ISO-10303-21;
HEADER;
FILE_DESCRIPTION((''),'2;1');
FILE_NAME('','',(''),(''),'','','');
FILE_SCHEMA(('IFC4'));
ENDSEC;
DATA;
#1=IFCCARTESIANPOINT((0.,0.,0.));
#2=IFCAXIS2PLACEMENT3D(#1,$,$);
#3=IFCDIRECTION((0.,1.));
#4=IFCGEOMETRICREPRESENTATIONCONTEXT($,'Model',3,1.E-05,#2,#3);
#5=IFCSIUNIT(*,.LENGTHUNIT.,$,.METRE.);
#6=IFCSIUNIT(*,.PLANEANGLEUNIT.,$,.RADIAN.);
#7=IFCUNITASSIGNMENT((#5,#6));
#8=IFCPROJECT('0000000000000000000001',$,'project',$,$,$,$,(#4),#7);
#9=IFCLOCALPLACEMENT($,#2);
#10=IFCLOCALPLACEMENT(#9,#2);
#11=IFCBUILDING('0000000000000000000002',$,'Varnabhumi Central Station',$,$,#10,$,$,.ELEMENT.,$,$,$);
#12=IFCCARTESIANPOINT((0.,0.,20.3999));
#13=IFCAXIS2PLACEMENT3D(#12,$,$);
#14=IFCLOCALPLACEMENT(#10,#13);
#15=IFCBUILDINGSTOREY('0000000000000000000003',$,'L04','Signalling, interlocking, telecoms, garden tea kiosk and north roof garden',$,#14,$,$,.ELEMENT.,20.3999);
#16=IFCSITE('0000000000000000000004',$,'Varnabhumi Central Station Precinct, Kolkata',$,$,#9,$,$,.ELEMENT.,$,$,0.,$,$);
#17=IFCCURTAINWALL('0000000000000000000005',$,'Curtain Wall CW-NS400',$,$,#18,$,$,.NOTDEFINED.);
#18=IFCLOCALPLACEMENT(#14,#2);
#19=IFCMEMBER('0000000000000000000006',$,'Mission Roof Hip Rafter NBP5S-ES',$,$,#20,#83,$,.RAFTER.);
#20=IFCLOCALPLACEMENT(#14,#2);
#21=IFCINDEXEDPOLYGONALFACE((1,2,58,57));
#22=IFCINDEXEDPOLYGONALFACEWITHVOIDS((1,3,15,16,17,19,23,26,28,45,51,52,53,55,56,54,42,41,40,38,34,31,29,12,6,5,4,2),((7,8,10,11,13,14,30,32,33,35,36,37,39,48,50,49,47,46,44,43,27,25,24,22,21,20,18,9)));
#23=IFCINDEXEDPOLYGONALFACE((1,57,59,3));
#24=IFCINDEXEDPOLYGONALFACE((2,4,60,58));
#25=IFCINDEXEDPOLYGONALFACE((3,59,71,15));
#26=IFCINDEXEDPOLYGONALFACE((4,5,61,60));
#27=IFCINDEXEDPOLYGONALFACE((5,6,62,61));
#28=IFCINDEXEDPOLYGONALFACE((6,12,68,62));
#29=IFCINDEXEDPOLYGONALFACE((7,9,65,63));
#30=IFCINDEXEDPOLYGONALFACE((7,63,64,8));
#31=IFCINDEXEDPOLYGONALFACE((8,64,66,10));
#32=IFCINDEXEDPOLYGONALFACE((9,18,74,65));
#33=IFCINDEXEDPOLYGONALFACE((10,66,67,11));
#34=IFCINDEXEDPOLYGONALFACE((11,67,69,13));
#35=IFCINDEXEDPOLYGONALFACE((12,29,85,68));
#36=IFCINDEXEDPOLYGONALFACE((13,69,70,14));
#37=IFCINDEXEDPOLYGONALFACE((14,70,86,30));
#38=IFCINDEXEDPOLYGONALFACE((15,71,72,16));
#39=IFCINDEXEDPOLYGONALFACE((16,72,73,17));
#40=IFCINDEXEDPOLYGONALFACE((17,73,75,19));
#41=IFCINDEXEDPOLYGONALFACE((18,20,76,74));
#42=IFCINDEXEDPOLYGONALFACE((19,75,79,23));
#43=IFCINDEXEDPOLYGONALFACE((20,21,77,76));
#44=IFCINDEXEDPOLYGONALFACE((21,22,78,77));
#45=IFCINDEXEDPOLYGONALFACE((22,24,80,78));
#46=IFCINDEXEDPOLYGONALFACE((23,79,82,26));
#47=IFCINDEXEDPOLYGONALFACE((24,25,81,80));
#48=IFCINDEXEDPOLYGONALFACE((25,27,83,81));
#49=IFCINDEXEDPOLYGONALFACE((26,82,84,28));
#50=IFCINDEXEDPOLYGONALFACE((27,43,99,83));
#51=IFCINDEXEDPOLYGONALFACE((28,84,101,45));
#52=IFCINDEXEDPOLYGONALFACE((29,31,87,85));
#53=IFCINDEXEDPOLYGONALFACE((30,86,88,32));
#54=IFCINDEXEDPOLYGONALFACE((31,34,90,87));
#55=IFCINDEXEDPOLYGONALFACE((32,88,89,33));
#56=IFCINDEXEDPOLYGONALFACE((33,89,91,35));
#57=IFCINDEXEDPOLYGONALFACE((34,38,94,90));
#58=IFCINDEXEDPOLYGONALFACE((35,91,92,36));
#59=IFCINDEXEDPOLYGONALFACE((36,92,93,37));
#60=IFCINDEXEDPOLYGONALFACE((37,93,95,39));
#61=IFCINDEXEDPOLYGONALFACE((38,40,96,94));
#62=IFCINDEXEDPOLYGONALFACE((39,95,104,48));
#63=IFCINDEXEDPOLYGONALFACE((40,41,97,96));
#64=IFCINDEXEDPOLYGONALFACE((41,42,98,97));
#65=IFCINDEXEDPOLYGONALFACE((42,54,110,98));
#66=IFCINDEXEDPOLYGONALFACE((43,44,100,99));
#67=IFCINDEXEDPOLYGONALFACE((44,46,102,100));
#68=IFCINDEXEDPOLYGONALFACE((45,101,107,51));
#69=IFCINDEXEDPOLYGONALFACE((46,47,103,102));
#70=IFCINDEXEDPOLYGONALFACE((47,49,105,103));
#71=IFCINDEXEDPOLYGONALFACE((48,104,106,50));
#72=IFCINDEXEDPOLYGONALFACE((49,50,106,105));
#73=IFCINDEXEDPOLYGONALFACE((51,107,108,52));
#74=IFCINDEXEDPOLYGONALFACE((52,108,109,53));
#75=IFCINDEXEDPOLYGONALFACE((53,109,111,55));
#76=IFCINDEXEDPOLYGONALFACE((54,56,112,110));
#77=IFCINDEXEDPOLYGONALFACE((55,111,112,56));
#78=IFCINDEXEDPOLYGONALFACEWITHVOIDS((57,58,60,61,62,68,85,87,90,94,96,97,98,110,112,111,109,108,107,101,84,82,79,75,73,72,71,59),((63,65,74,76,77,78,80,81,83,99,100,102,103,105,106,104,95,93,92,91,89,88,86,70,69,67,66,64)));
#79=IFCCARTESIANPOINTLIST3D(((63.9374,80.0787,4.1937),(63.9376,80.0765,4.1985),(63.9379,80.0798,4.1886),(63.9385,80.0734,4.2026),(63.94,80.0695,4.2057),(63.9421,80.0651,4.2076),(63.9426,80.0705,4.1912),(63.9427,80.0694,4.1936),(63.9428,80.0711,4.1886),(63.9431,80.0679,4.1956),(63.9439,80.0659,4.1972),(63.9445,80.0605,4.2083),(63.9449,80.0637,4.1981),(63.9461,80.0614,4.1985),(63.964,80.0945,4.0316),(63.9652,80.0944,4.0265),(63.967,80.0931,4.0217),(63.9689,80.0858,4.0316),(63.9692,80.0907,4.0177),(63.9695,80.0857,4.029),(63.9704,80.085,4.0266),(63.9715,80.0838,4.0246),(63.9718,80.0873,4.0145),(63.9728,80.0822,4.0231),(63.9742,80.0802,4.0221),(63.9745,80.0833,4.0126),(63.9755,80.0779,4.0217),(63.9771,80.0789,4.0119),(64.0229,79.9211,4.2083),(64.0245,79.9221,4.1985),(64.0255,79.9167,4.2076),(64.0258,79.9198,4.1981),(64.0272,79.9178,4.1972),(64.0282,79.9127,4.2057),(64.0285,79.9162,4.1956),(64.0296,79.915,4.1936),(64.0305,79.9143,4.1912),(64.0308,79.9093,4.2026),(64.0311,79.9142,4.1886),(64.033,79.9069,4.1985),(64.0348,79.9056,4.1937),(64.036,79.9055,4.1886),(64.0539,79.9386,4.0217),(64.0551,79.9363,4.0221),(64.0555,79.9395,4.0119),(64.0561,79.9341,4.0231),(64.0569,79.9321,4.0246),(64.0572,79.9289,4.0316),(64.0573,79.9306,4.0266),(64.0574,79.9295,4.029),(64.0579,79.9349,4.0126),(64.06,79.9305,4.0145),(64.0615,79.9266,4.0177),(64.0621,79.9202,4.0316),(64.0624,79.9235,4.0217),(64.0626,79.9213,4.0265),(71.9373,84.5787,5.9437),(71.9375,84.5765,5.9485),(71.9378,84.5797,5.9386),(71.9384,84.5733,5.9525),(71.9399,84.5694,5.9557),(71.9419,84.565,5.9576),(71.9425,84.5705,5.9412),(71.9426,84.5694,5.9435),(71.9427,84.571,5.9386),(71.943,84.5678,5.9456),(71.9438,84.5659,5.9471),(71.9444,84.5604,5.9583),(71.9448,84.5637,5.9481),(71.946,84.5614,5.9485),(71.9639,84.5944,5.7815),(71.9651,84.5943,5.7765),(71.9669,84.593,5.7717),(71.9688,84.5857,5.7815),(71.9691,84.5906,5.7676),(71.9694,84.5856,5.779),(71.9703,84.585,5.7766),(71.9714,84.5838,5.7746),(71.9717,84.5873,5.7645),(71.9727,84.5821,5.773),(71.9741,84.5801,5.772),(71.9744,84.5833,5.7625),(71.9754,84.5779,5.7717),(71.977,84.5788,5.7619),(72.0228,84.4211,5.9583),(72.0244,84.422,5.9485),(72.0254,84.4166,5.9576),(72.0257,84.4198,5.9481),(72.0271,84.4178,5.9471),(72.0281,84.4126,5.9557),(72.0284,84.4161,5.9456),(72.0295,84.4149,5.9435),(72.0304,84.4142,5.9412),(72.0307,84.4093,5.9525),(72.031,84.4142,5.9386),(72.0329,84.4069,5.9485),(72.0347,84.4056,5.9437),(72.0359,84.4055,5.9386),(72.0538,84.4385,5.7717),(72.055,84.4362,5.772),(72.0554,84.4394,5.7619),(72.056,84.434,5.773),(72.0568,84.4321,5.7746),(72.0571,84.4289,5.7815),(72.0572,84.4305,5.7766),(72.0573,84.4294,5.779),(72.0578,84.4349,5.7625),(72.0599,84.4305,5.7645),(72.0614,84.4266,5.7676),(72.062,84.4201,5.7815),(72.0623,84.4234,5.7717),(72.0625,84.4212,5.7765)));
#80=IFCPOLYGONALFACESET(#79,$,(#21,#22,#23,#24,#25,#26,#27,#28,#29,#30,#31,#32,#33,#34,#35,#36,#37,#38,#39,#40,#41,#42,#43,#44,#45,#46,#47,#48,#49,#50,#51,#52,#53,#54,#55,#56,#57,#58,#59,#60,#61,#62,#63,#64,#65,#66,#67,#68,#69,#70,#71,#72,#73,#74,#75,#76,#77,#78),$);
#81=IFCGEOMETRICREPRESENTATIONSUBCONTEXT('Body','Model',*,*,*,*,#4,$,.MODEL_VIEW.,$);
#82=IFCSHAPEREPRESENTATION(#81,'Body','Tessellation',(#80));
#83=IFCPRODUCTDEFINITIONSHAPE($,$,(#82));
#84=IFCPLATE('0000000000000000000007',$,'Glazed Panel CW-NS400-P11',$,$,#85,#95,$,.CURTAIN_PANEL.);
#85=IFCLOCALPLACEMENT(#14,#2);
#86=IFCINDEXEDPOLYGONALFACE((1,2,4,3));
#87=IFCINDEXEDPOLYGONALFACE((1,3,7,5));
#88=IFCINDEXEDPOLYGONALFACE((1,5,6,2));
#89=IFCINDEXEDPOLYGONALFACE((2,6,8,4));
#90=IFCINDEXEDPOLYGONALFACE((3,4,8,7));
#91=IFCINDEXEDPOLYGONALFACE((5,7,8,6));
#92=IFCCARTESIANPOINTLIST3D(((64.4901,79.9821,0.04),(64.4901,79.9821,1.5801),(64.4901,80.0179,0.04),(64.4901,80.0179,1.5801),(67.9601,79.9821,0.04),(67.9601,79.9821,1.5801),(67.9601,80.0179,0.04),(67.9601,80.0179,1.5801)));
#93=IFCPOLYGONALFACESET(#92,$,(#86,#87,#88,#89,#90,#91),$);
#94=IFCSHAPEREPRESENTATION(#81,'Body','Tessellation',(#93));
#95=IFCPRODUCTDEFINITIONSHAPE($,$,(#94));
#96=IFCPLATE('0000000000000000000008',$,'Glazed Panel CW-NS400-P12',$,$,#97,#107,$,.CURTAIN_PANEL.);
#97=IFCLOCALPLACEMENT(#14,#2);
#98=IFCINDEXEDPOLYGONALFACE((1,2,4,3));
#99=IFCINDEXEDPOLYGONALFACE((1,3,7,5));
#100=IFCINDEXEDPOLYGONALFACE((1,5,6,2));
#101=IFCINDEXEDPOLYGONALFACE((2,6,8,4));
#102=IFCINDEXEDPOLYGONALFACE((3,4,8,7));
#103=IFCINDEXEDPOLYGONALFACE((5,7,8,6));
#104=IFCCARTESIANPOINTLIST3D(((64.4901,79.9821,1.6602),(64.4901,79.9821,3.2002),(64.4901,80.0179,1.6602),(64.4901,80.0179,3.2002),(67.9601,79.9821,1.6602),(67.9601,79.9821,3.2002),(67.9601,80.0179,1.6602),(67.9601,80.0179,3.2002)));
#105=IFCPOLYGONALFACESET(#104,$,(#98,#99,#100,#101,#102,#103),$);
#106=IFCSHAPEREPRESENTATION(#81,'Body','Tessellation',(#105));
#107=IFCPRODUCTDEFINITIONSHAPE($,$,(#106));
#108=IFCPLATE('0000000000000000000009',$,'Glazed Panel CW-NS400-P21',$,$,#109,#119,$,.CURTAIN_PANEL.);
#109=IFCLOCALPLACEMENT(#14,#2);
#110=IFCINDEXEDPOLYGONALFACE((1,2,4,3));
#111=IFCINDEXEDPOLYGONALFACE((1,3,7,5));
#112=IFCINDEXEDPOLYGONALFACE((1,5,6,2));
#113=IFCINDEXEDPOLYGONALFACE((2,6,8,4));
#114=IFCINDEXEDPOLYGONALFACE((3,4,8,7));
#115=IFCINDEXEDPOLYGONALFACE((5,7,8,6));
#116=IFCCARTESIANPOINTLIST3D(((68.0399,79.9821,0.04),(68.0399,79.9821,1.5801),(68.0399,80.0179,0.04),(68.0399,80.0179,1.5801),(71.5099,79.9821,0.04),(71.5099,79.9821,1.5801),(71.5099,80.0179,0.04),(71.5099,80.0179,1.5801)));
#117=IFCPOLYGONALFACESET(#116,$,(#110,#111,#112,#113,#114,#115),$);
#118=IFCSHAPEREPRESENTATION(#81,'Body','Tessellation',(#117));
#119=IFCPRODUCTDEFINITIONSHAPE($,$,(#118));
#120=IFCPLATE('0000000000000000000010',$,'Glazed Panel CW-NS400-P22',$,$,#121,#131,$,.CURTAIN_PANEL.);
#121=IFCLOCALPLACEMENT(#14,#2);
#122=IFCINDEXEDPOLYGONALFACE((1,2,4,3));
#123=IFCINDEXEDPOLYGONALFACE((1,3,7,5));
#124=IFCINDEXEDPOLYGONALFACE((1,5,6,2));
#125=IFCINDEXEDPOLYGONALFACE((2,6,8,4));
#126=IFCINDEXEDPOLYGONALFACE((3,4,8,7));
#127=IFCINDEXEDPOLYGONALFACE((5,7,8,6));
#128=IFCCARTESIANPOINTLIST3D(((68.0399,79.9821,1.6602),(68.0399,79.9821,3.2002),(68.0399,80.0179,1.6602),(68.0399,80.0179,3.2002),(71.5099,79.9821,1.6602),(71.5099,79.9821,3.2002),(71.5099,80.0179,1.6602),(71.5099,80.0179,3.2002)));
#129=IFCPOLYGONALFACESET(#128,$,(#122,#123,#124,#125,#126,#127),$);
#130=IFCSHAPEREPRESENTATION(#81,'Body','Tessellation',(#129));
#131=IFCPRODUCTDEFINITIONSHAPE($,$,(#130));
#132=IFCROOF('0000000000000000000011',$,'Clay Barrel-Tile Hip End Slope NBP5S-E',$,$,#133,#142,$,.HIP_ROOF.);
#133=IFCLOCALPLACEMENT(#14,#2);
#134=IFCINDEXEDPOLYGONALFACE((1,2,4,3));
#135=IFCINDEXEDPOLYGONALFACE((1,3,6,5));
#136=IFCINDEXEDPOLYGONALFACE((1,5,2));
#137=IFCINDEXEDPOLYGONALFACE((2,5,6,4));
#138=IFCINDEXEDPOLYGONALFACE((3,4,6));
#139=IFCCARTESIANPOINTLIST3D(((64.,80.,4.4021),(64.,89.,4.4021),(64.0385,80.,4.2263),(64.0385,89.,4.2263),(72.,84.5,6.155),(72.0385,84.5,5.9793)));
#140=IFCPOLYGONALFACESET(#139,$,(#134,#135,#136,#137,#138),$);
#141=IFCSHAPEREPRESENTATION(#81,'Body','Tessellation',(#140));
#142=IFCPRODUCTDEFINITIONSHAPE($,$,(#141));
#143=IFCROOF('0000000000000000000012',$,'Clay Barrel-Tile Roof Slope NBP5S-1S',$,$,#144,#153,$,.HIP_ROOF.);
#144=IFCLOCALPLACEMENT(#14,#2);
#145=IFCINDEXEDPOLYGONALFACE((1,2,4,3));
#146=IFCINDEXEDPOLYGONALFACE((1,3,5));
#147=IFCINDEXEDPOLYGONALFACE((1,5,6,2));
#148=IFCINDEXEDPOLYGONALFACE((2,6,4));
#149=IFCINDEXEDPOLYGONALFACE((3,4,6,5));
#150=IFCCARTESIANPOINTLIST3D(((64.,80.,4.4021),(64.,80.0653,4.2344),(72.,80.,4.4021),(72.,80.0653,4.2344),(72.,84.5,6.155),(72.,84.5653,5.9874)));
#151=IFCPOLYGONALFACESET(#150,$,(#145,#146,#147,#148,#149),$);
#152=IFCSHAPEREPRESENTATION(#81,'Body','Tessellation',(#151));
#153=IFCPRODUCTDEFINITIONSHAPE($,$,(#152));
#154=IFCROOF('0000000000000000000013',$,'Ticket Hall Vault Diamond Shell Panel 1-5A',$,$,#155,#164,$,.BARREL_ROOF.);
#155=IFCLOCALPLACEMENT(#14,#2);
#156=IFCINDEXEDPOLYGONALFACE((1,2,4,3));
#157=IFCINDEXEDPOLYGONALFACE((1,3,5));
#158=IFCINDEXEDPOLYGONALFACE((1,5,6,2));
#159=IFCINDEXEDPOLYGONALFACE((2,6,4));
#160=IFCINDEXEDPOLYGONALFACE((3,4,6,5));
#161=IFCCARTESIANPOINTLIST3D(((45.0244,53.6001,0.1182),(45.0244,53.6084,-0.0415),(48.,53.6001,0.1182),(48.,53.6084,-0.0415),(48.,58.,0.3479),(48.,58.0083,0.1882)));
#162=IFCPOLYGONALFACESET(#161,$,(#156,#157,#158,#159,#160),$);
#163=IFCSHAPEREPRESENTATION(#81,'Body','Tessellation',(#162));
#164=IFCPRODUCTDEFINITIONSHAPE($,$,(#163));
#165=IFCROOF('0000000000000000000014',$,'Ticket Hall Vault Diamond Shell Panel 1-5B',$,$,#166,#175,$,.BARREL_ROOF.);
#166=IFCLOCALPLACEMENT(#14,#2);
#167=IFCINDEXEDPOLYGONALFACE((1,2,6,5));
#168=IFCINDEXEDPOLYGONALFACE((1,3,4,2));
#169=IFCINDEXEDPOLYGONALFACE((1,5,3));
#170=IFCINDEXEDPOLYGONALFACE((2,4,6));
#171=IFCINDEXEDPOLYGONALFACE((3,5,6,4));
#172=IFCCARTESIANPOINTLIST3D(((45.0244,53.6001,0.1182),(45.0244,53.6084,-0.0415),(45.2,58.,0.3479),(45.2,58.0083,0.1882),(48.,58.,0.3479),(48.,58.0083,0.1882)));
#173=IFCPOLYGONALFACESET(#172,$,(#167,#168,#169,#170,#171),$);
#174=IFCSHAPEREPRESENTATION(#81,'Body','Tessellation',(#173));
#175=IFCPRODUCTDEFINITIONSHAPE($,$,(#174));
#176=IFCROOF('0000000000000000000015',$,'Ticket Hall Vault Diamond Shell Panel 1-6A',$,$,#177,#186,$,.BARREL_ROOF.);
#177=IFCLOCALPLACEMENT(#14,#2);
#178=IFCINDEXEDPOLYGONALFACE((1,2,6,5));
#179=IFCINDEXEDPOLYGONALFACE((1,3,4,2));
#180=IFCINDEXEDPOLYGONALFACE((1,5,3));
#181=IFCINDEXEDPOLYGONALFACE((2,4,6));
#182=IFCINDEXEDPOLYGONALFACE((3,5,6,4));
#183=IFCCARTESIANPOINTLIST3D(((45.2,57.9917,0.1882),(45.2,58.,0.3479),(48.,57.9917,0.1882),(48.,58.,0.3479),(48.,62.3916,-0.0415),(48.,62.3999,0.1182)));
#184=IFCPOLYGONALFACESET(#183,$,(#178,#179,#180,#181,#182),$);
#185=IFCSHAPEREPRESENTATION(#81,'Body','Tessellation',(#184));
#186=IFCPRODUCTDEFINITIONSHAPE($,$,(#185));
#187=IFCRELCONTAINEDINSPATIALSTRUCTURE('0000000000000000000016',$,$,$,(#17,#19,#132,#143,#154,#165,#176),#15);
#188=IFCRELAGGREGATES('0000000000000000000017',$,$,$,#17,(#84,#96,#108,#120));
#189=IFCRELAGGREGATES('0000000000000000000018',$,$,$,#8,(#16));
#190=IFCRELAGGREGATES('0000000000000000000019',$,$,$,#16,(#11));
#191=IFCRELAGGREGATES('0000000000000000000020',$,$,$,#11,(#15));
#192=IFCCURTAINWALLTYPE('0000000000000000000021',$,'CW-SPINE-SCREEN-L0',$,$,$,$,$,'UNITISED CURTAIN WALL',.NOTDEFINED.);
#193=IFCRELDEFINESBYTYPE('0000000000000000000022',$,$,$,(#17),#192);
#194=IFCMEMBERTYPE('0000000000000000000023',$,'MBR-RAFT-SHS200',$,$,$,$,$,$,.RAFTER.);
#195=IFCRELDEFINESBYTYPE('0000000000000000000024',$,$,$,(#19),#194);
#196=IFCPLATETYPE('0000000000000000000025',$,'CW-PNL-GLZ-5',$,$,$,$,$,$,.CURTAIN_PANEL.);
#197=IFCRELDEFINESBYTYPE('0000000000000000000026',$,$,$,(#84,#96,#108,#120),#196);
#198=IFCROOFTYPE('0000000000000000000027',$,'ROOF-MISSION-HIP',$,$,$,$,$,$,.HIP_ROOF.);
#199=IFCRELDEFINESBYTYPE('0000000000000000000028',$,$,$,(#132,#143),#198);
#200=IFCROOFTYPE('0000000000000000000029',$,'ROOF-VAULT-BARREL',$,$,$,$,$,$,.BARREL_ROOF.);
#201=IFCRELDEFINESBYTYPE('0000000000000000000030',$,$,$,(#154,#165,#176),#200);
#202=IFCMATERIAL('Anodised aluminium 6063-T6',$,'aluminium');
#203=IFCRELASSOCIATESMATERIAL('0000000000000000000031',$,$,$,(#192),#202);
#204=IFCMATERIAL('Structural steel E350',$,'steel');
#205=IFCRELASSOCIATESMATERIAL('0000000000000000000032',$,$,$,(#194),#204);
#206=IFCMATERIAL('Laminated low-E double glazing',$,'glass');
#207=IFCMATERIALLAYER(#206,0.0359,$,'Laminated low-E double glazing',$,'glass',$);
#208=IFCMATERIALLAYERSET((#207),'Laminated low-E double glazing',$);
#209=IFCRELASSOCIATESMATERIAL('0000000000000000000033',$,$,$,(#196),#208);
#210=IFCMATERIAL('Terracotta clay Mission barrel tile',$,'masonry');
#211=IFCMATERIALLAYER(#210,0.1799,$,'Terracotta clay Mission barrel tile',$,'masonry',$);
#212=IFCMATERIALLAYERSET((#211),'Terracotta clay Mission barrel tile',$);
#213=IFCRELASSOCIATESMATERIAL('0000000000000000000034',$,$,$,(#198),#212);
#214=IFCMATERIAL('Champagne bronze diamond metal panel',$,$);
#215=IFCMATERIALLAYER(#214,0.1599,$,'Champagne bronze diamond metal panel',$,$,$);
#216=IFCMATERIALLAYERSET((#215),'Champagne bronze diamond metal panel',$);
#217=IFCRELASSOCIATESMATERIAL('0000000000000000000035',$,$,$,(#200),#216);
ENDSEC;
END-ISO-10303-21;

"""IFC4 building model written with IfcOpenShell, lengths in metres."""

from ifc_helpers import new_model, si_unit, direction, frame, origin, origin_2d, place, context, subcontext, project, spatial, polyline, rectangle, hollow_rectangle, outline, extrude, material, layer, layer_set, material_profile, profile_set, type_object, element, aggregate, save


model = new_model("IFC4")

# Units and contexts
model_context = context("Model", 3, precision=1e-05, world=origin(), true_north=direction((0.0, 1.0)))
body_context = subcontext(model_context, "Body", "Model", "MODEL_VIEW")
ifc_project = project(units=[si_unit("LENGTHUNIT", "METRE"), si_unit("PLANEANGLEUNIT", "RADIAN")], contexts=[model_context])

# Site, building, storey
site_placement = place(None, origin())
site = spatial("IfcSite", under=ifc_project, at=site_placement, Name="Varnabhumi Central Station Precinct, Kolkata", CompositionType="ELEMENT", RefElevation=0.0)
building_placement = place(site_placement, origin())
building = spatial("IfcBuilding", under=site, at=building_placement, Name="Varnabhumi Central Station", CompositionType="ELEMENT")
storey_placement = place(building_placement, frame((0.0, 0.0, 20.3999)))
storey = spatial("IfcBuildingStorey", under=building, at=storey_placement, Name="L04", Description="Signalling, interlocking, telecoms, garden tea kiosk and north roof garden", CompositionType="ELEMENT", Elevation=20.3999)

# Curtain wall
ifc_material_1 = material(Name="Anodised aluminium 6063-T6", Category="aluminium")
curtain_wall_type = type_object("IfcCurtainWallType", Name="CW-SPINE-SCREEN-L0", ElementType="UNITISED CURTAIN WALL", PredefinedType="NOTDEFINED", material=ifc_material_1)
curtain_wall_placement = place(storey_placement, origin())
curtain_wall = element("IfcCurtainWall", 1, at=curtain_wall_placement, inside=storey, type_object=curtain_wall_type, Name="Curtain Wall CW-NS400", PredefinedType="NOTDEFINED")

# Member
ifc_material_2 = material(Name="Structural steel E350", Category="steel")
ifc_material_profile_1 = material_profile(ifc_material_2, hollow_rectangle(XDim=0.2, YDim=0.2, WallThickness=0.01, InnerFilletRadius=0.01, OuterFilletRadius=0.02, at=origin_2d()), Name="Structural steel E350", Category="steel")
ifc_profile_set_1 = profile_set([ifc_material_profile_1], Name="Structural steel E350")
member_type_1 = type_object("IfcMemberType", Name="MBR-RAFT-SHS200", PredefinedType="RAFTER", material=ifc_profile_set_1)
member_1_placement = place(storey_placement, frame((64.0, 80.0, 4.1101), z_axis=(0.856154, 0.481586, 0.187284), x_axis=(-0.490261, 0.871576, 0.0)))
element("IfcMember", 2, at=member_1_placement, inside=storey, type_object=member_type_1, Name="Mission Roof Hip Rafter NBP5S-ES", PredefinedType="RAFTER", context=body_context, shape_type="SweptSolid", body=[
    extrude(hollow_rectangle(XDim=0.2, YDim=0.2, WallThickness=0.01, InnerFilletRadius=0.01, OuterFilletRadius=0.02, at=origin_2d()), origin(), (0.0, 0.0, 1.0), 9.344),
])

# Plates
ifc_material_3 = material(Name="Laminated low-E double glazing", Category="glass")
ifc_layer_1 = layer(ifc_material_3, 0.0359, Name="Laminated low-E double glazing", Category="glass")
ifc_layer_set_1 = layer_set([ifc_layer_1], Name="Laminated low-E double glazing")
plate_type = type_object("IfcPlateType", Name="CW-PNL-GLZ-5", PredefinedType="CURTAIN_PANEL", material=ifc_layer_set_1)
plate_1_placement = place(storey_placement, frame((66.2251, 80.0, 0.04), z_axis=(0.0, 0.0, 1.0), x_axis=(1.0, 0.0, 0.0)))
plate_1 = element("IfcPlate", 3, at=plate_1_placement, type_object=plate_type, Name="Glazed Panel CW-NS400-P11", PredefinedType="CURTAIN_PANEL", context=body_context, shape_type="SweptSolid", body=[
    extrude(rectangle(XDim=3.47, YDim=0.0359, at=origin_2d()), origin(), (0.0, 0.0, 1.0), 1.54),
])
plate_2_placement = place(storey_placement, frame((66.2251, 80.0, 1.6602), z_axis=(0.0, 0.0, 1.0), x_axis=(1.0, 0.0, 0.0)))
plate_2 = element("IfcPlate", 4, at=plate_2_placement, type_object=plate_type, Name="Glazed Panel CW-NS400-P12", PredefinedType="CURTAIN_PANEL", context=body_context, shape_type="SweptSolid", body=[
    extrude(rectangle(XDim=3.47, YDim=0.0359, at=origin_2d()), origin(), (0.0, 0.0, 1.0), 1.54),
])
plate_3_placement = place(storey_placement, frame((69.7749, 80.0, 0.04), z_axis=(0.0, 0.0, 1.0), x_axis=(1.0, 0.0, 0.0)))
plate_3 = element("IfcPlate", 5, at=plate_3_placement, type_object=plate_type, Name="Glazed Panel CW-NS400-P21", PredefinedType="CURTAIN_PANEL", context=body_context, shape_type="SweptSolid", body=[
    extrude(rectangle(XDim=3.47, YDim=0.0359, at=origin_2d()), origin(), (0.0, 0.0, 1.0), 1.54),
])
plate_4_placement = place(storey_placement, frame((69.7749, 80.0, 1.6602), z_axis=(0.0, 0.0, 1.0), x_axis=(1.0, 0.0, 0.0)))
plate_4 = element("IfcPlate", 6, at=plate_4_placement, type_object=plate_type, Name="Glazed Panel CW-NS400-P22", PredefinedType="CURTAIN_PANEL", context=body_context, shape_type="SweptSolid", body=[
    extrude(rectangle(XDim=3.47, YDim=0.0359, at=origin_2d()), origin(), (0.0, 0.0, 1.0), 1.54),
])
aggregate(curtain_wall, [plate_1, plate_2, plate_3, plate_4])

# Roofs
ifc_material_4 = material(Name="Terracotta clay Mission barrel tile", Category="masonry")
ifc_layer_2 = layer(ifc_material_4, 0.1799, Name="Terracotta clay Mission barrel tile", Category="masonry")
ifc_layer_set_2 = layer_set([ifc_layer_2], Name="Terracotta clay Mission barrel tile")
roof_type_1 = type_object("IfcRoofType", Name="ROOF-MISSION-HIP", PredefinedType="HIP_ROOF", material=ifc_layer_set_2)
roof_1_placement = place(storey_placement, frame((64.0, 80.0, 4.4021), z_axis=(-0.214038, 0.0, 0.976825), x_axis=(0.0, 1.0, 0.0)))
element("IfcRoof", 7, at=roof_1_placement, inside=storey, type_object=roof_type_1, Name="Clay Barrel-Tile Hip End Slope NBP5S-E", PredefinedType="HIP_ROOF", context=body_context, shape_type="SweptSolid", body=[
    extrude(outline(polyline([(0.0, 0.0), (9.0, 0.0), (4.5, -8.1898), (0.0, 0.0)])), origin(), (0.0, 0.0, -1.0), 0.1799),
])
roof_2_placement = place(storey_placement, frame((64.0, 80.0, 4.4021), z_axis=(0.0, -0.362973, 0.9318), x_axis=(1.0, 0.0, 0.0)))
element("IfcRoof", 8, at=roof_2_placement, inside=storey, type_object=roof_type_1, Name="Clay Barrel-Tile Roof Slope NBP5S-1S", PredefinedType="HIP_ROOF", context=body_context, shape_type="SweptSolid", body=[
    extrude(outline(polyline([(0.0, 0.0), (8.0, 0.0), (8.0, 4.8294), (0.0, 0.0)])), origin(), (0.0, 0.0, -1.0), 0.1799),
])
ifc_material_5 = material(Name="Champagne bronze diamond metal panel")
ifc_layer_3 = layer(ifc_material_5, 0.1599, Name="Champagne bronze diamond metal panel")
ifc_layer_set_3 = layer_set([ifc_layer_3], Name="Champagne bronze diamond metal panel")
roof_type_2 = type_object("IfcRoofType", Name="ROOF-VAULT-BARREL", PredefinedType="BARREL_ROOF", material=ifc_layer_set_3)
roof_3_placement = place(storey_placement, frame((45.0244, 53.6001, 0.1182), z_axis=(0.0, -0.052143, 0.99864), x_axis=(1.0, 0.0, 0.0)))
element("IfcRoof", 9, at=roof_3_placement, inside=storey, type_object=roof_type_2, Name="Ticket Hall Vault Diamond Shell Panel 1-5A", PredefinedType="BARREL_ROOF", context=body_context, shape_type="SweptSolid", body=[
    extrude(outline(polyline([(0.0, 0.0), (2.9756, 0.0), (2.9756, 4.4059), (0.0, 0.0)])), origin(), (0.0, 0.0, -1.0), 0.1599),
])
roof_4_placement = place(storey_placement, frame((45.0244, 53.6001, 0.1182), z_axis=(0.0, -0.052143, 0.99864), x_axis=(0.55968, 0.827581, 0.043211)))
element("IfcRoof", 10, at=roof_4_placement, inside=storey, type_object=roof_type_2, Name="Ticket Hall Vault Diamond Shell Panel 1-5B", PredefinedType="BARREL_ROOF", context=body_context, shape_type="SweptSolid", body=[
    extrude(outline(polyline([(0.0, 0.0), (5.3166, 0.0), (3.7494, 2.3204), (0.0, 0.0)])), origin(), (0.0, 0.0, -1.0), 0.1599),
])
roof_5_placement = place(storey_placement, frame((45.2, 58.0, 0.3479), z_axis=(0.0, 0.052143, 0.99864), x_axis=(1.0, 0.0, 0.0)))
element("IfcRoof", 11, at=roof_5_placement, inside=storey, type_object=roof_type_2, Name="Ticket Hall Vault Diamond Shell Panel 1-6A", PredefinedType="BARREL_ROOF", context=body_context, shape_type="SweptSolid", body=[
    extrude(outline(polyline([(0.0, 0.0), (2.8, 0.0), (2.8, 4.4059), (0.0, 0.0)])), origin(), (0.0, 0.0, -1.0), 0.1599),
])

save(model, "model.ifc")
